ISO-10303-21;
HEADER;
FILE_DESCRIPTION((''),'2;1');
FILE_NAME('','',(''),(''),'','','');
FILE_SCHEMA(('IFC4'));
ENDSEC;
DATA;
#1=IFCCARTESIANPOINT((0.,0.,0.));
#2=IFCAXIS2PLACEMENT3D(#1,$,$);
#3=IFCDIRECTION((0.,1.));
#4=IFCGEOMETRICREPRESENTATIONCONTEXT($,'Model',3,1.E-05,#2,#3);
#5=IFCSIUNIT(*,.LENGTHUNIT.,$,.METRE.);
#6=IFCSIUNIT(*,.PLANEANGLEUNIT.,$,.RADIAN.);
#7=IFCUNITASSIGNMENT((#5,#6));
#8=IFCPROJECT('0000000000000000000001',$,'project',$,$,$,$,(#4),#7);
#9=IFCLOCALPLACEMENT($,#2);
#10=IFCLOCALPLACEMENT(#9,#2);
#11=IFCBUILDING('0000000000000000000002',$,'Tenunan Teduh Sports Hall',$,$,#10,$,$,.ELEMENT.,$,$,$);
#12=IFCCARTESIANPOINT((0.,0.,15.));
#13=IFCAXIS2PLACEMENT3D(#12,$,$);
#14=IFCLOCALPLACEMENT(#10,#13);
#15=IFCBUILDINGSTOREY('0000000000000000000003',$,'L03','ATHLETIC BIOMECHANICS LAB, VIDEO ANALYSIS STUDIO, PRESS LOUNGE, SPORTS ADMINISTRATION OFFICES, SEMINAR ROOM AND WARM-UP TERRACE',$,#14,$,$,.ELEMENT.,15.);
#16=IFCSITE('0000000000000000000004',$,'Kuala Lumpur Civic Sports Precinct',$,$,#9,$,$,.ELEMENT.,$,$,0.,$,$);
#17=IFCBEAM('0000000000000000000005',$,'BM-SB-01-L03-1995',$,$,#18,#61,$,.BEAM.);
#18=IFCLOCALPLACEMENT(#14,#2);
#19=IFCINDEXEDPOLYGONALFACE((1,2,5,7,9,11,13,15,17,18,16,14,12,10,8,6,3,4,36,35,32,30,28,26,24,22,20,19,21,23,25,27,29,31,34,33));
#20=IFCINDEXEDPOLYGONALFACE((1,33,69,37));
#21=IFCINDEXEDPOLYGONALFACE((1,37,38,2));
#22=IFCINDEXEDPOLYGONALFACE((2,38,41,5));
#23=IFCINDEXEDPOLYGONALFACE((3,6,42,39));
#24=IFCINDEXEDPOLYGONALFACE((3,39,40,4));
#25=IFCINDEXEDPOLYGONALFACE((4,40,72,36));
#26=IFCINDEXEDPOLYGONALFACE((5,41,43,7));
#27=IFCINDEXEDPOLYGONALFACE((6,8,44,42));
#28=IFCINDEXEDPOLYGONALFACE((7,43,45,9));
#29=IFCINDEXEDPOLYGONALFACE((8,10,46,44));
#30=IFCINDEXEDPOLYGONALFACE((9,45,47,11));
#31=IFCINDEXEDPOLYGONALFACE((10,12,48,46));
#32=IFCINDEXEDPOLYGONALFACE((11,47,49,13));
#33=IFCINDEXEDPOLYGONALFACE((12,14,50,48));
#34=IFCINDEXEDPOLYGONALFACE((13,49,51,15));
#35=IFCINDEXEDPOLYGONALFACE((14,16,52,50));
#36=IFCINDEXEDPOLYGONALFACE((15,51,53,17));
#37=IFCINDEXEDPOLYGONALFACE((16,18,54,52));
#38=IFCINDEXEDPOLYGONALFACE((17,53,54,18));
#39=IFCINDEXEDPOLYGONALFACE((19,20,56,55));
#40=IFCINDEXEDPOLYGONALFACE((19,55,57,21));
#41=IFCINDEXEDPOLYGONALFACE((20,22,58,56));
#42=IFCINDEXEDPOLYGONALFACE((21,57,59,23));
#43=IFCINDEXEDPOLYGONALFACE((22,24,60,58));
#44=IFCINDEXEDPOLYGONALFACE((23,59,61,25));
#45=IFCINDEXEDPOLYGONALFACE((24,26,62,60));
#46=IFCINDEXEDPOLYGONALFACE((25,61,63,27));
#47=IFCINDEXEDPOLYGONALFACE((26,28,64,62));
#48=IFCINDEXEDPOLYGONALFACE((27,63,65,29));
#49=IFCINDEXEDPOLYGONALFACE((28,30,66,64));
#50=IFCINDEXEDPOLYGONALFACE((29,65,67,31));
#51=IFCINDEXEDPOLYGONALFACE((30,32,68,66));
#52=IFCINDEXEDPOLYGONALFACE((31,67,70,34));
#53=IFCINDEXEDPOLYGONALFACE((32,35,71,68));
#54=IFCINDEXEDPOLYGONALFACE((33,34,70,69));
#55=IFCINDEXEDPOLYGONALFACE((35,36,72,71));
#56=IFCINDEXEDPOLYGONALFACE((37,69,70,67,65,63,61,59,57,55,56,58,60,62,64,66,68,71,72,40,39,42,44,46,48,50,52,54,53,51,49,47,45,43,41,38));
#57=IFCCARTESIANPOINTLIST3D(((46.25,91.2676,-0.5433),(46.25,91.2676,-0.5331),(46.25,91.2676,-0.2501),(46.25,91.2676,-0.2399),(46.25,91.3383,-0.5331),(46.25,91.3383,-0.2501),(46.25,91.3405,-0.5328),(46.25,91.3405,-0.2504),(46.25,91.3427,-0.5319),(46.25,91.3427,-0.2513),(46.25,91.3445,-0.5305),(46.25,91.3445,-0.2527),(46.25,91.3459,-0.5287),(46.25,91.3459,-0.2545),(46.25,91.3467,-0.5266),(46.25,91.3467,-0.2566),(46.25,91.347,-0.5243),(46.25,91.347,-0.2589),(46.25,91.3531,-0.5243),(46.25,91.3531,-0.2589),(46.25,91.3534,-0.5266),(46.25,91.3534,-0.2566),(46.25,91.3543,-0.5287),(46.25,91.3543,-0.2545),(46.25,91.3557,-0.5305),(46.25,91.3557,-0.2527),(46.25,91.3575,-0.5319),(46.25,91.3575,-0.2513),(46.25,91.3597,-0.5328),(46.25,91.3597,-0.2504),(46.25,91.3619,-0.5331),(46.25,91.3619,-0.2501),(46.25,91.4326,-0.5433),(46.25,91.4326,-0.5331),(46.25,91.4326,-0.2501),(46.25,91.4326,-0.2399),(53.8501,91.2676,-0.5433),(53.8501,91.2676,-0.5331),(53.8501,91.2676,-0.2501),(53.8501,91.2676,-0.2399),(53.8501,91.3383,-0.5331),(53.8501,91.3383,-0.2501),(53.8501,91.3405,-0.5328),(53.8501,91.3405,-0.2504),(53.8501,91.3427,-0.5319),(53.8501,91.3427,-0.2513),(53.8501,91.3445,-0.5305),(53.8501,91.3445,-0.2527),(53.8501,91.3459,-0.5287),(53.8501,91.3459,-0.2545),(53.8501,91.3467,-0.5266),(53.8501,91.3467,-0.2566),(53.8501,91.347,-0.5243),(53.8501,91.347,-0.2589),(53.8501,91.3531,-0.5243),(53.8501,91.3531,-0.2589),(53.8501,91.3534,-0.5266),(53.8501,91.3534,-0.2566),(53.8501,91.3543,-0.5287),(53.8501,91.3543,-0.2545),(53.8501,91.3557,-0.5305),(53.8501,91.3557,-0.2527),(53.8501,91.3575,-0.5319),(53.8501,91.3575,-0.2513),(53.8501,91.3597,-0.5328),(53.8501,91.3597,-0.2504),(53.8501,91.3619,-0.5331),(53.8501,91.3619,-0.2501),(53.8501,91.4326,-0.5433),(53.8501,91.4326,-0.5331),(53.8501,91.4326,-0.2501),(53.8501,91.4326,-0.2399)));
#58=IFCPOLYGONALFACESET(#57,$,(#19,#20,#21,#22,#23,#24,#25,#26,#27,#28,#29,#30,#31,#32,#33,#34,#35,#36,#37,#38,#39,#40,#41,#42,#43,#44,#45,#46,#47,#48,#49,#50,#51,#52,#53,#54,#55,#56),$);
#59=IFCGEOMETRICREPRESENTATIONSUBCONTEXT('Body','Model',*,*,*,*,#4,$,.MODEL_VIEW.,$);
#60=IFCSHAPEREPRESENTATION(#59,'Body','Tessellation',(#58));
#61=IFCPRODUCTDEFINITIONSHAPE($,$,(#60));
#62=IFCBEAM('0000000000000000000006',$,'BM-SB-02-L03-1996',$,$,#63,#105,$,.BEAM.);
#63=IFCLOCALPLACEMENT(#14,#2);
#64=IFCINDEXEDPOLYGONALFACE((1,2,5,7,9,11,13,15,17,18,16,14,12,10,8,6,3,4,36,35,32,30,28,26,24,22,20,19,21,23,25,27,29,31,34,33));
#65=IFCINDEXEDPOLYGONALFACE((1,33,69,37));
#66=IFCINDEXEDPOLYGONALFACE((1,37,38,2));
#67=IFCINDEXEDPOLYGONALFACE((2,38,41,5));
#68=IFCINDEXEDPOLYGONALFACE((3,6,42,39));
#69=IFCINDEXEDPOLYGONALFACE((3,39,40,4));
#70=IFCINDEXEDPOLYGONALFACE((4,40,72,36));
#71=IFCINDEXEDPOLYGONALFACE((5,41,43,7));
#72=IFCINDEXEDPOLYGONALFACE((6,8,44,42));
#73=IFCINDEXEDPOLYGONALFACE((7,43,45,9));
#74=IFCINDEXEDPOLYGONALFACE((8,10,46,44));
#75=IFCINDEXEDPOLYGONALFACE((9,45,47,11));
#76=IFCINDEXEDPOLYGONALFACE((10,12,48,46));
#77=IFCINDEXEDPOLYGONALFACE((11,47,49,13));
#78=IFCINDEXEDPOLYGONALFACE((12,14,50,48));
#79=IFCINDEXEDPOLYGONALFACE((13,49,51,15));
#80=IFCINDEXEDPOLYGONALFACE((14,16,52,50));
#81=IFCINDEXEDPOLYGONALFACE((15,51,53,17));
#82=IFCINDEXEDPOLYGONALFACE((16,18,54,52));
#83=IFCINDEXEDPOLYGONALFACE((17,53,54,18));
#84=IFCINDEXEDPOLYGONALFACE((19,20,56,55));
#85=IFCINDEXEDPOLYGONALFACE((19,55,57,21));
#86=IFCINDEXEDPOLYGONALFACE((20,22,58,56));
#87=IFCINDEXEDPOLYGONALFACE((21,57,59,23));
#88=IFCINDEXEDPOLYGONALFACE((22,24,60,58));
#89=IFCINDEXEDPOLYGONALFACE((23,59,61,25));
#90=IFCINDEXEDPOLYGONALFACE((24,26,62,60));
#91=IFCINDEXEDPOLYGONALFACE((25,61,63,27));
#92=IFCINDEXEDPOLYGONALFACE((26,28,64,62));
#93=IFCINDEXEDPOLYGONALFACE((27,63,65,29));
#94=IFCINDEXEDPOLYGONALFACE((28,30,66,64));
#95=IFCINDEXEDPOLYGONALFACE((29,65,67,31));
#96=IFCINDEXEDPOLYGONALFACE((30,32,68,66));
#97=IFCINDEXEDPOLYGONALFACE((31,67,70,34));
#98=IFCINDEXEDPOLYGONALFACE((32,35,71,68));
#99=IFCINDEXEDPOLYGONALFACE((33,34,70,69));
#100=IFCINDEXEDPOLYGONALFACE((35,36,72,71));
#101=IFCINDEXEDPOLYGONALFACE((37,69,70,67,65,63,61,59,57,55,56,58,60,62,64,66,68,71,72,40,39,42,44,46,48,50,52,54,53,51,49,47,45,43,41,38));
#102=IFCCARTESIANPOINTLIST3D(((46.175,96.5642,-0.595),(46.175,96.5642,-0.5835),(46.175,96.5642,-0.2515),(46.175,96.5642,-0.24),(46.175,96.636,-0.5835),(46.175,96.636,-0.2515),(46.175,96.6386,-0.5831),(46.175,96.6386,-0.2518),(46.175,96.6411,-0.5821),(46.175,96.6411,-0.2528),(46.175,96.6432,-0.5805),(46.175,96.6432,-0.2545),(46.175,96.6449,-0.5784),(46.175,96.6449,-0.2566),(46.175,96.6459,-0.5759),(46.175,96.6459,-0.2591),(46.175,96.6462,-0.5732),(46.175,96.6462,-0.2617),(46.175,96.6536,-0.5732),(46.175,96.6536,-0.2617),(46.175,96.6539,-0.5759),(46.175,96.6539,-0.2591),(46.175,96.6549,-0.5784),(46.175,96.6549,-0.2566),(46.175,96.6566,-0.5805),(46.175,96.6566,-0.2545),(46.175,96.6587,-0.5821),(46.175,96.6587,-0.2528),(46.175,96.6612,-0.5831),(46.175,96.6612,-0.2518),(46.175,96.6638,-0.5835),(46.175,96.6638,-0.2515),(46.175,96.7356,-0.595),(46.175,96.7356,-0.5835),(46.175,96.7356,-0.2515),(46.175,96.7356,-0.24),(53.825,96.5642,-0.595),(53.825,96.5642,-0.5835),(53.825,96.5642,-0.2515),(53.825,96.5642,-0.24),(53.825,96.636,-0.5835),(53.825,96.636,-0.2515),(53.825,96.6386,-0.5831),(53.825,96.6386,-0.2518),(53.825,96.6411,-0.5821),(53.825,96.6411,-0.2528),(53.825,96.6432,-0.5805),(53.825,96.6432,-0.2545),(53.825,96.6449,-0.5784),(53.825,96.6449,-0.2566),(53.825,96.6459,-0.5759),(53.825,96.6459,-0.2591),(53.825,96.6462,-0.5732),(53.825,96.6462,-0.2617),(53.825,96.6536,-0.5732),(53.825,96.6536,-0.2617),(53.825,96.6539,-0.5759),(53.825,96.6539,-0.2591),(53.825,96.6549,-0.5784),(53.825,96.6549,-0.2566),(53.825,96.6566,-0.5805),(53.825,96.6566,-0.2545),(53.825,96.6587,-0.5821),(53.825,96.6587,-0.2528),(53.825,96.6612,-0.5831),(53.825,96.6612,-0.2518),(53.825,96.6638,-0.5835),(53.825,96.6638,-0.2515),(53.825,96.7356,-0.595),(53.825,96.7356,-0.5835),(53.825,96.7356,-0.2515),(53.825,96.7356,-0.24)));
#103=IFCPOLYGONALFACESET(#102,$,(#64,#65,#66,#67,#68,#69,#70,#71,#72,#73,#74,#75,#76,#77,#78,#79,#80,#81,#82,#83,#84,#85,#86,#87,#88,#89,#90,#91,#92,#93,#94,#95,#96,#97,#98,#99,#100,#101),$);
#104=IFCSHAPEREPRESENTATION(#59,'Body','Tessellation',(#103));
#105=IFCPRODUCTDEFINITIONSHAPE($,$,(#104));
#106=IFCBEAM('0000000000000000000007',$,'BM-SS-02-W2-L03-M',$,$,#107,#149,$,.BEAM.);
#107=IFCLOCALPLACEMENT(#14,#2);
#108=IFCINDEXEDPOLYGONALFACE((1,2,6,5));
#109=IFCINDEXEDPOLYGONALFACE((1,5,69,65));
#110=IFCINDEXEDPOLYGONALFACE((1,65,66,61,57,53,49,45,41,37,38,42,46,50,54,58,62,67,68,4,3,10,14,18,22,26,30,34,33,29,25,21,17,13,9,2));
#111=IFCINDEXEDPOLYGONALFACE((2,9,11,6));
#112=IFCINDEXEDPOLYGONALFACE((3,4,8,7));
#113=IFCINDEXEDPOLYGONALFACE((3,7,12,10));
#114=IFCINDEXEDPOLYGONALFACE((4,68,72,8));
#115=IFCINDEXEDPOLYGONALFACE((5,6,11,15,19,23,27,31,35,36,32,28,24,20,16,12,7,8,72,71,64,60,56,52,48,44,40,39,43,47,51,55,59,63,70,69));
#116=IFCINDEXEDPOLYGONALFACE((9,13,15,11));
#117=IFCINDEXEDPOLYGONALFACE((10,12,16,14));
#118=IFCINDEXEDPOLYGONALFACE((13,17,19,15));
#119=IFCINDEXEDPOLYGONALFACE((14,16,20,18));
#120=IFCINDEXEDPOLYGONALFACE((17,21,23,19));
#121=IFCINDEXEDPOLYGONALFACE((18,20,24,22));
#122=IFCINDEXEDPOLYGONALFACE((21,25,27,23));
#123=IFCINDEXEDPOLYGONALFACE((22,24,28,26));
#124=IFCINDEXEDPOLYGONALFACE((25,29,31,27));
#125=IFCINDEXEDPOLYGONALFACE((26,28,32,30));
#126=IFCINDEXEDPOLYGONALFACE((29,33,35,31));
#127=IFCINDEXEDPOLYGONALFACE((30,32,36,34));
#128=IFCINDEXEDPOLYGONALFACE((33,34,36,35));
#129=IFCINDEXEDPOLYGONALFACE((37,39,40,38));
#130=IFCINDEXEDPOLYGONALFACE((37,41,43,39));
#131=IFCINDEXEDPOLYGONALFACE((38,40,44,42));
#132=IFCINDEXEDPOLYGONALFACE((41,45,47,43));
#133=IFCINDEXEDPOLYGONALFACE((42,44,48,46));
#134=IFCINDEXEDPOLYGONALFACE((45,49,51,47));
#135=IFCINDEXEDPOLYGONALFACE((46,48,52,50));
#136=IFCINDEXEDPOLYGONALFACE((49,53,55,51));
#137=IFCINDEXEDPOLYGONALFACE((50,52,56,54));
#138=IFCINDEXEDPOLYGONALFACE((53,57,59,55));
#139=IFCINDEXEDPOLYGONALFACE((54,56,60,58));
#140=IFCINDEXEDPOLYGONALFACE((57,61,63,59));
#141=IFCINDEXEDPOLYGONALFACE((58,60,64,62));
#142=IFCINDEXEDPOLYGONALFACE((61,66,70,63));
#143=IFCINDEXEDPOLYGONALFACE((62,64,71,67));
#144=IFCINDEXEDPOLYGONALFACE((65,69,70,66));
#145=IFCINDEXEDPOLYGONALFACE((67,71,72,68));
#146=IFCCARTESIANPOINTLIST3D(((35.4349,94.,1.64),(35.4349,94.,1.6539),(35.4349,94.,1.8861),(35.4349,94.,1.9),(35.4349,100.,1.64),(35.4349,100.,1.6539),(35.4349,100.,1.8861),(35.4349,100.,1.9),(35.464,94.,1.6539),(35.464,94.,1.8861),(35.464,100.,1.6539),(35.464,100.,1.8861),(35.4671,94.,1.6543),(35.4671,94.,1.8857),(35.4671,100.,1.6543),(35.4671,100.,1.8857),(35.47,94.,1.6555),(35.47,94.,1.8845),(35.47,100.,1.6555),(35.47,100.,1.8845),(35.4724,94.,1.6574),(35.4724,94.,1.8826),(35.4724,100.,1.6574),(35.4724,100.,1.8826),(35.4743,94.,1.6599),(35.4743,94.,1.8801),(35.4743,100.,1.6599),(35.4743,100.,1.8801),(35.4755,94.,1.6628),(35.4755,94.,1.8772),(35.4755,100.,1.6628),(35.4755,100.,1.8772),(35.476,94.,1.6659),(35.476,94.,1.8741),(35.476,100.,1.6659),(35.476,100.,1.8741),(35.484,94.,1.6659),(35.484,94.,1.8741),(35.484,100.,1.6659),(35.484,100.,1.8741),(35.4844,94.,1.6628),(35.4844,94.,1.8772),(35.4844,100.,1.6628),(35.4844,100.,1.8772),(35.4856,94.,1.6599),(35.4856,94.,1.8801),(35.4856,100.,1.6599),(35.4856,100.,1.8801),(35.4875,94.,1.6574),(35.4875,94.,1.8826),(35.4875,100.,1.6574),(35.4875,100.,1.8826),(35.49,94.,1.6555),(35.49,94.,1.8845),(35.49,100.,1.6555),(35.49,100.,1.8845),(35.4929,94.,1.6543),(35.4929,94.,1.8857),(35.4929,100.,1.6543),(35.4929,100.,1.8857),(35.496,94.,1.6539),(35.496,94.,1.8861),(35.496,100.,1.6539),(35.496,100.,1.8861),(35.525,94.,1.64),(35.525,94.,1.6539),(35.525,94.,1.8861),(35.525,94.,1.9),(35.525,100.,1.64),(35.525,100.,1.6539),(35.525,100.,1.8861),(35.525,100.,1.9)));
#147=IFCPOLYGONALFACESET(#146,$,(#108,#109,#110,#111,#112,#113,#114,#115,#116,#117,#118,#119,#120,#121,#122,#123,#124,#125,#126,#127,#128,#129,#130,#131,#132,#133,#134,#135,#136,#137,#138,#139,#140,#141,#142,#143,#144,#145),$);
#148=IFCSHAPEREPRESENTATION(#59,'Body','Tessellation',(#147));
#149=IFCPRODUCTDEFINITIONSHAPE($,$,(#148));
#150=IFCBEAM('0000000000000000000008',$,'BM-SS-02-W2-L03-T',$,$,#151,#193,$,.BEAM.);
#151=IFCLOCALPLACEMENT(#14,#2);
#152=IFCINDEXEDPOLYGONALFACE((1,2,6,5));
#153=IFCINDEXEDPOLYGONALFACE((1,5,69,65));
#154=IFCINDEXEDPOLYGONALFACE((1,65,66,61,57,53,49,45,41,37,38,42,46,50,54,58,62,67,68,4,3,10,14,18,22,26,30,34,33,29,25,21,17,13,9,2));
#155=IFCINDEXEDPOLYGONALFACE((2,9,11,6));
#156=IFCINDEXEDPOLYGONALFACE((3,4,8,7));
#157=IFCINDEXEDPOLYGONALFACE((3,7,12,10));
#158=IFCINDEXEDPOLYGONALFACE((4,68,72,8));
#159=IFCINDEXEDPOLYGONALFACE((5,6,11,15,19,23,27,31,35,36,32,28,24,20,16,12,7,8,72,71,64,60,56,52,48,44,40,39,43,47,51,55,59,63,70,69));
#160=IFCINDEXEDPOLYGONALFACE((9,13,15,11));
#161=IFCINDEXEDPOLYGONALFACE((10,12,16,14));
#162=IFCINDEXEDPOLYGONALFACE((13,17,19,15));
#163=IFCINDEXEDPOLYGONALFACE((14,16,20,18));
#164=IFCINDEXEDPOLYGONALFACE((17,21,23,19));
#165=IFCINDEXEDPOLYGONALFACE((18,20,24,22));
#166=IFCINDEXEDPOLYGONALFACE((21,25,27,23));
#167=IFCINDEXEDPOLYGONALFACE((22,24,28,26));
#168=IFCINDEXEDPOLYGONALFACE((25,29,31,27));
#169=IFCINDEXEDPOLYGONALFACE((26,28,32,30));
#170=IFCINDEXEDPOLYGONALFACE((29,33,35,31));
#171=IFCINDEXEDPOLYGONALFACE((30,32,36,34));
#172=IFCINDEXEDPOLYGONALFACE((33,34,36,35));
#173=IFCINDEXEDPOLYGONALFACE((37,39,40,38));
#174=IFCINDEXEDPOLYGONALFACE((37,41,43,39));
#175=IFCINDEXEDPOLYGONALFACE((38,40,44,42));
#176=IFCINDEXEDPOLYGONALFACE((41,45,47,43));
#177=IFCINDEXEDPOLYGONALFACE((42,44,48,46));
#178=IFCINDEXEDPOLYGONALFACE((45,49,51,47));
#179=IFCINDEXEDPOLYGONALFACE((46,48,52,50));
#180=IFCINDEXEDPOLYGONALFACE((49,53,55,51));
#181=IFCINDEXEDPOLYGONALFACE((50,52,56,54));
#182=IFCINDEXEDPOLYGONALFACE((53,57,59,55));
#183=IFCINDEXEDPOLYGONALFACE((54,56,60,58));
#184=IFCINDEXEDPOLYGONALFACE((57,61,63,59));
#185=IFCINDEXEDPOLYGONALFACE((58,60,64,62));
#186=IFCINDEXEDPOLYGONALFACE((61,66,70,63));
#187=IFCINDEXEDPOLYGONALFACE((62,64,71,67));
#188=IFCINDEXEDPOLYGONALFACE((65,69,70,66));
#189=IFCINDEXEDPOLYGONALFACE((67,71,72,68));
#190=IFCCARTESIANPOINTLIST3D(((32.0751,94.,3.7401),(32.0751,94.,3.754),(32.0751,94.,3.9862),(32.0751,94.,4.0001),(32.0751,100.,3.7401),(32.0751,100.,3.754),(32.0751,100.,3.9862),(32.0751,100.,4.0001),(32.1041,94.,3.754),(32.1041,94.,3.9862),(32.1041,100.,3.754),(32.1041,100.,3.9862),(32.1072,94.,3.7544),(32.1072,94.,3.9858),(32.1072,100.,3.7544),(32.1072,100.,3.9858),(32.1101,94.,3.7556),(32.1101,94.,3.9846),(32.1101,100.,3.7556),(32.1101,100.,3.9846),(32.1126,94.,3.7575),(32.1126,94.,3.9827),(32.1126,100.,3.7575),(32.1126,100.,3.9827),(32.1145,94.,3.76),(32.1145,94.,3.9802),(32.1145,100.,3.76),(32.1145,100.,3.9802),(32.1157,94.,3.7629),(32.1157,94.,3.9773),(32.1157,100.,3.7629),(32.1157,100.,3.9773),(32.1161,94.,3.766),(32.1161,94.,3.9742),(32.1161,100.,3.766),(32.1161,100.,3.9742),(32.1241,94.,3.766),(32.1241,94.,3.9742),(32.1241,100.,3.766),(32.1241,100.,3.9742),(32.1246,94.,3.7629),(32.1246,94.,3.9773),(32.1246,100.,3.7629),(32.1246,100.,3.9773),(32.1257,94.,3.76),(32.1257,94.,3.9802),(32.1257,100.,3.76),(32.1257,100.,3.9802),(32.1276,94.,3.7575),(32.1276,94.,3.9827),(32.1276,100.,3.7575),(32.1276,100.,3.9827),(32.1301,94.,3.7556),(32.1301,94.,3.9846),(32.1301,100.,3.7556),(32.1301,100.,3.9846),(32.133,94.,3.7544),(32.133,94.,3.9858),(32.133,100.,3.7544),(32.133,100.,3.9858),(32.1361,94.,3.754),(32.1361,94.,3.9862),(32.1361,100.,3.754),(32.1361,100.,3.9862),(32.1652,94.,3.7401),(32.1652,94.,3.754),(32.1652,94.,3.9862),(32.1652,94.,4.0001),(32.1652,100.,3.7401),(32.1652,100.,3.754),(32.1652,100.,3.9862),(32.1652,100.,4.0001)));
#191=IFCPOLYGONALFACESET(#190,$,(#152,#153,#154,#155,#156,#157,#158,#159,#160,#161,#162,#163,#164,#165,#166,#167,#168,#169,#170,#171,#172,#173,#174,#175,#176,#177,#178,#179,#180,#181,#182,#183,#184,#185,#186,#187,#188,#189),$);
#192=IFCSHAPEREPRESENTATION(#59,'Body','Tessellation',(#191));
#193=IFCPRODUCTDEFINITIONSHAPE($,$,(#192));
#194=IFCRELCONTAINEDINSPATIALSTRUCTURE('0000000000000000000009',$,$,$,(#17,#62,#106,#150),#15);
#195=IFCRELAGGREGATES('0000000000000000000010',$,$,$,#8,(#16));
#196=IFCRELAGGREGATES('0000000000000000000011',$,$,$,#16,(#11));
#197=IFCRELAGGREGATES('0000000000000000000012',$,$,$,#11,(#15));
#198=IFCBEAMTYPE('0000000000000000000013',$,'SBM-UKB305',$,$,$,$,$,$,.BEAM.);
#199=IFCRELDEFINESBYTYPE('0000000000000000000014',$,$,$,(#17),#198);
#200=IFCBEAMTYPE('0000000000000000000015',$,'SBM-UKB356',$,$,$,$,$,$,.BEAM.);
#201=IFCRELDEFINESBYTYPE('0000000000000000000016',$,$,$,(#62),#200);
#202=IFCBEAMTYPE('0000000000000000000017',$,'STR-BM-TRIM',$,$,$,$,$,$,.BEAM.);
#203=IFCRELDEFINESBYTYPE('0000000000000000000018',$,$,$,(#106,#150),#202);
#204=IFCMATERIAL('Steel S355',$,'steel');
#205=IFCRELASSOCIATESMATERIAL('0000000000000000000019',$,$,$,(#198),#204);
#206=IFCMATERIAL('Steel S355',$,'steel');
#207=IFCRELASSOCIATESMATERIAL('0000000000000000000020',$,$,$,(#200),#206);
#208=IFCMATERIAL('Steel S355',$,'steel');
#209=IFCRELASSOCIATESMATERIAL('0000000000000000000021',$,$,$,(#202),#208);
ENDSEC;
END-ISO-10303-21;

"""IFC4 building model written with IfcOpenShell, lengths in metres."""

from ifc_helpers import new_model, si_unit, direction, frame, origin, origin_2d, place, context, subcontext, project, spatial, i_section, extrude, material, material_profile, profile_set, type_object, element, save


model = new_model("IFC4")

# Units and contexts
model_context = context("Model", 3, precision=1e-05, world=origin(), true_north=direction((0.0, 1.0)))
body_context = subcontext(model_context, "Body", "Model", "MODEL_VIEW")
ifc_project = project(units=[si_unit("LENGTHUNIT", "METRE"), si_unit("PLANEANGLEUNIT", "RADIAN")], contexts=[model_context])

# Site, building, storey
site_placement = place(None, origin())
site = spatial("IfcSite", under=ifc_project, at=site_placement, Name="Kuala Lumpur Civic Sports Precinct", CompositionType="ELEMENT", RefElevation=0.0)
building_placement = place(site_placement, origin())
building = spatial("IfcBuilding", under=site, at=building_placement, Name="Tenunan Teduh Sports Hall", CompositionType="ELEMENT")
storey_placement = place(building_placement, frame((0.0, 0.0, 15.0)))
storey = spatial("IfcBuildingStorey", under=building, at=storey_placement, Name="L03", Description="ATHLETIC BIOMECHANICS LAB, VIDEO ANALYSIS STUDIO, PRESS LOUNGE, SPORTS ADMINISTRATION OFFICES, SEMINAR ROOM AND WARM-UP TERRACE", CompositionType="ELEMENT", Elevation=15.0)

# Beams
ifc_material_1 = material(Name="Steel S355", Category="steel")
ifc_material_profile_1 = material_profile(ifc_material_1, i_section(OverallWidth=0.165, OverallDepth=0.3035, WebThickness=0.0061, FlangeThickness=0.0103, FilletRadius=0.0088, at=origin_2d()), Name="UKB 305x165x40")
ifc_profile_set_1 = profile_set([ifc_material_profile_1], Name="Steel S355")
beam_type_1 = type_object("IfcBeamType", Name="SBM-UKB305", PredefinedType="BEAM", material=ifc_profile_set_1)
beam_1_placement = place(storey_placement, frame((46.25, 91.3501, -0.3916), z_axis=(1.0, 0.0, 0.0), x_axis=(0.0, 1.0, 0.0)))
element("IfcBeam", 1, at=beam_1_placement, inside=storey, type_object=beam_type_1, Name="BM-SB-01-L03-1995", PredefinedType="BEAM", context=body_context, shape_type="SweptSolid", body=[
    extrude(i_section(OverallWidth=0.165, OverallDepth=0.3035, WebThickness=0.0061, FlangeThickness=0.0103, FilletRadius=0.0088, at=origin_2d()), origin(), (0.0, 0.0, 1.0), 7.6001),
])
ifc_material_2 = material(Name="Steel S355", Category="steel")
ifc_material_profile_2 = material_profile(ifc_material_2, i_section(OverallWidth=0.1714, OverallDepth=0.355, WebThickness=0.0073, FlangeThickness=0.0115, FilletRadius=0.0103, at=origin_2d()), Name="UKB 356x171x51")
ifc_profile_set_2 = profile_set([ifc_material_profile_2], Name="Steel S355")
beam_type_2 = type_object("IfcBeamType", Name="SBM-UKB356", PredefinedType="BEAM", material=ifc_profile_set_2)
beam_2_placement = place(storey_placement, frame((46.175, 96.6499, -0.4175), z_axis=(1.0, 0.0, 0.0), x_axis=(0.0, 1.0, 0.0)))
element("IfcBeam", 2, at=beam_2_placement, inside=storey, type_object=beam_type_2, Name="BM-SB-02-L03-1996", PredefinedType="BEAM", context=body_context, shape_type="SweptSolid", body=[
    extrude(i_section(OverallWidth=0.1714, OverallDepth=0.355, WebThickness=0.0073, FlangeThickness=0.0115, FilletRadius=0.0103, at=origin_2d()), origin(), (0.0, 0.0, 1.0), 7.6499),
])
ifc_material_3 = material(Name="Steel S355", Category="steel")
ifc_material_profile_3 = material_profile(ifc_material_3, i_section(OverallWidth=0.0901, OverallDepth=0.26, WebThickness=0.0081, FlangeThickness=0.0139, FilletRadius=0.012, at=origin_2d()), Name="PFC 260x90")
ifc_profile_set_3 = profile_set([ifc_material_profile_3], Name="Steel S355")
beam_type_3 = type_object("IfcBeamType", Name="STR-BM-TRIM", PredefinedType="BEAM", material=ifc_profile_set_3)
for number, where, z_axis, x_axis, name in (
    (3, (35.48, 94.0, 1.77), (0.0, 1.0, 0.0), (-1.0, 0.0, 0.0), "BM-SS-02-W2-L03-M"),
    (4, (32.1201, 94.0, 3.8701), (0.0, 1.0, 0.0), (-1.0, 0.0, 0.0), "BM-SS-02-W2-L03-T"),
):
    element("IfcBeam", number, at=place(storey_placement, frame(where, z_axis=z_axis, x_axis=x_axis)), inside=storey, type_object=beam_type_3, Name=name, PredefinedType="BEAM", context=body_context, shape_type="SweptSolid", body=[
        extrude(i_section(OverallWidth=0.0901, OverallDepth=0.26, WebThickness=0.0081, FlangeThickness=0.0139, FilletRadius=0.012, at=origin_2d()), origin(), (0.0, 0.0, 1.0), 6.0),
    ])

save(model, "model.ifc")
